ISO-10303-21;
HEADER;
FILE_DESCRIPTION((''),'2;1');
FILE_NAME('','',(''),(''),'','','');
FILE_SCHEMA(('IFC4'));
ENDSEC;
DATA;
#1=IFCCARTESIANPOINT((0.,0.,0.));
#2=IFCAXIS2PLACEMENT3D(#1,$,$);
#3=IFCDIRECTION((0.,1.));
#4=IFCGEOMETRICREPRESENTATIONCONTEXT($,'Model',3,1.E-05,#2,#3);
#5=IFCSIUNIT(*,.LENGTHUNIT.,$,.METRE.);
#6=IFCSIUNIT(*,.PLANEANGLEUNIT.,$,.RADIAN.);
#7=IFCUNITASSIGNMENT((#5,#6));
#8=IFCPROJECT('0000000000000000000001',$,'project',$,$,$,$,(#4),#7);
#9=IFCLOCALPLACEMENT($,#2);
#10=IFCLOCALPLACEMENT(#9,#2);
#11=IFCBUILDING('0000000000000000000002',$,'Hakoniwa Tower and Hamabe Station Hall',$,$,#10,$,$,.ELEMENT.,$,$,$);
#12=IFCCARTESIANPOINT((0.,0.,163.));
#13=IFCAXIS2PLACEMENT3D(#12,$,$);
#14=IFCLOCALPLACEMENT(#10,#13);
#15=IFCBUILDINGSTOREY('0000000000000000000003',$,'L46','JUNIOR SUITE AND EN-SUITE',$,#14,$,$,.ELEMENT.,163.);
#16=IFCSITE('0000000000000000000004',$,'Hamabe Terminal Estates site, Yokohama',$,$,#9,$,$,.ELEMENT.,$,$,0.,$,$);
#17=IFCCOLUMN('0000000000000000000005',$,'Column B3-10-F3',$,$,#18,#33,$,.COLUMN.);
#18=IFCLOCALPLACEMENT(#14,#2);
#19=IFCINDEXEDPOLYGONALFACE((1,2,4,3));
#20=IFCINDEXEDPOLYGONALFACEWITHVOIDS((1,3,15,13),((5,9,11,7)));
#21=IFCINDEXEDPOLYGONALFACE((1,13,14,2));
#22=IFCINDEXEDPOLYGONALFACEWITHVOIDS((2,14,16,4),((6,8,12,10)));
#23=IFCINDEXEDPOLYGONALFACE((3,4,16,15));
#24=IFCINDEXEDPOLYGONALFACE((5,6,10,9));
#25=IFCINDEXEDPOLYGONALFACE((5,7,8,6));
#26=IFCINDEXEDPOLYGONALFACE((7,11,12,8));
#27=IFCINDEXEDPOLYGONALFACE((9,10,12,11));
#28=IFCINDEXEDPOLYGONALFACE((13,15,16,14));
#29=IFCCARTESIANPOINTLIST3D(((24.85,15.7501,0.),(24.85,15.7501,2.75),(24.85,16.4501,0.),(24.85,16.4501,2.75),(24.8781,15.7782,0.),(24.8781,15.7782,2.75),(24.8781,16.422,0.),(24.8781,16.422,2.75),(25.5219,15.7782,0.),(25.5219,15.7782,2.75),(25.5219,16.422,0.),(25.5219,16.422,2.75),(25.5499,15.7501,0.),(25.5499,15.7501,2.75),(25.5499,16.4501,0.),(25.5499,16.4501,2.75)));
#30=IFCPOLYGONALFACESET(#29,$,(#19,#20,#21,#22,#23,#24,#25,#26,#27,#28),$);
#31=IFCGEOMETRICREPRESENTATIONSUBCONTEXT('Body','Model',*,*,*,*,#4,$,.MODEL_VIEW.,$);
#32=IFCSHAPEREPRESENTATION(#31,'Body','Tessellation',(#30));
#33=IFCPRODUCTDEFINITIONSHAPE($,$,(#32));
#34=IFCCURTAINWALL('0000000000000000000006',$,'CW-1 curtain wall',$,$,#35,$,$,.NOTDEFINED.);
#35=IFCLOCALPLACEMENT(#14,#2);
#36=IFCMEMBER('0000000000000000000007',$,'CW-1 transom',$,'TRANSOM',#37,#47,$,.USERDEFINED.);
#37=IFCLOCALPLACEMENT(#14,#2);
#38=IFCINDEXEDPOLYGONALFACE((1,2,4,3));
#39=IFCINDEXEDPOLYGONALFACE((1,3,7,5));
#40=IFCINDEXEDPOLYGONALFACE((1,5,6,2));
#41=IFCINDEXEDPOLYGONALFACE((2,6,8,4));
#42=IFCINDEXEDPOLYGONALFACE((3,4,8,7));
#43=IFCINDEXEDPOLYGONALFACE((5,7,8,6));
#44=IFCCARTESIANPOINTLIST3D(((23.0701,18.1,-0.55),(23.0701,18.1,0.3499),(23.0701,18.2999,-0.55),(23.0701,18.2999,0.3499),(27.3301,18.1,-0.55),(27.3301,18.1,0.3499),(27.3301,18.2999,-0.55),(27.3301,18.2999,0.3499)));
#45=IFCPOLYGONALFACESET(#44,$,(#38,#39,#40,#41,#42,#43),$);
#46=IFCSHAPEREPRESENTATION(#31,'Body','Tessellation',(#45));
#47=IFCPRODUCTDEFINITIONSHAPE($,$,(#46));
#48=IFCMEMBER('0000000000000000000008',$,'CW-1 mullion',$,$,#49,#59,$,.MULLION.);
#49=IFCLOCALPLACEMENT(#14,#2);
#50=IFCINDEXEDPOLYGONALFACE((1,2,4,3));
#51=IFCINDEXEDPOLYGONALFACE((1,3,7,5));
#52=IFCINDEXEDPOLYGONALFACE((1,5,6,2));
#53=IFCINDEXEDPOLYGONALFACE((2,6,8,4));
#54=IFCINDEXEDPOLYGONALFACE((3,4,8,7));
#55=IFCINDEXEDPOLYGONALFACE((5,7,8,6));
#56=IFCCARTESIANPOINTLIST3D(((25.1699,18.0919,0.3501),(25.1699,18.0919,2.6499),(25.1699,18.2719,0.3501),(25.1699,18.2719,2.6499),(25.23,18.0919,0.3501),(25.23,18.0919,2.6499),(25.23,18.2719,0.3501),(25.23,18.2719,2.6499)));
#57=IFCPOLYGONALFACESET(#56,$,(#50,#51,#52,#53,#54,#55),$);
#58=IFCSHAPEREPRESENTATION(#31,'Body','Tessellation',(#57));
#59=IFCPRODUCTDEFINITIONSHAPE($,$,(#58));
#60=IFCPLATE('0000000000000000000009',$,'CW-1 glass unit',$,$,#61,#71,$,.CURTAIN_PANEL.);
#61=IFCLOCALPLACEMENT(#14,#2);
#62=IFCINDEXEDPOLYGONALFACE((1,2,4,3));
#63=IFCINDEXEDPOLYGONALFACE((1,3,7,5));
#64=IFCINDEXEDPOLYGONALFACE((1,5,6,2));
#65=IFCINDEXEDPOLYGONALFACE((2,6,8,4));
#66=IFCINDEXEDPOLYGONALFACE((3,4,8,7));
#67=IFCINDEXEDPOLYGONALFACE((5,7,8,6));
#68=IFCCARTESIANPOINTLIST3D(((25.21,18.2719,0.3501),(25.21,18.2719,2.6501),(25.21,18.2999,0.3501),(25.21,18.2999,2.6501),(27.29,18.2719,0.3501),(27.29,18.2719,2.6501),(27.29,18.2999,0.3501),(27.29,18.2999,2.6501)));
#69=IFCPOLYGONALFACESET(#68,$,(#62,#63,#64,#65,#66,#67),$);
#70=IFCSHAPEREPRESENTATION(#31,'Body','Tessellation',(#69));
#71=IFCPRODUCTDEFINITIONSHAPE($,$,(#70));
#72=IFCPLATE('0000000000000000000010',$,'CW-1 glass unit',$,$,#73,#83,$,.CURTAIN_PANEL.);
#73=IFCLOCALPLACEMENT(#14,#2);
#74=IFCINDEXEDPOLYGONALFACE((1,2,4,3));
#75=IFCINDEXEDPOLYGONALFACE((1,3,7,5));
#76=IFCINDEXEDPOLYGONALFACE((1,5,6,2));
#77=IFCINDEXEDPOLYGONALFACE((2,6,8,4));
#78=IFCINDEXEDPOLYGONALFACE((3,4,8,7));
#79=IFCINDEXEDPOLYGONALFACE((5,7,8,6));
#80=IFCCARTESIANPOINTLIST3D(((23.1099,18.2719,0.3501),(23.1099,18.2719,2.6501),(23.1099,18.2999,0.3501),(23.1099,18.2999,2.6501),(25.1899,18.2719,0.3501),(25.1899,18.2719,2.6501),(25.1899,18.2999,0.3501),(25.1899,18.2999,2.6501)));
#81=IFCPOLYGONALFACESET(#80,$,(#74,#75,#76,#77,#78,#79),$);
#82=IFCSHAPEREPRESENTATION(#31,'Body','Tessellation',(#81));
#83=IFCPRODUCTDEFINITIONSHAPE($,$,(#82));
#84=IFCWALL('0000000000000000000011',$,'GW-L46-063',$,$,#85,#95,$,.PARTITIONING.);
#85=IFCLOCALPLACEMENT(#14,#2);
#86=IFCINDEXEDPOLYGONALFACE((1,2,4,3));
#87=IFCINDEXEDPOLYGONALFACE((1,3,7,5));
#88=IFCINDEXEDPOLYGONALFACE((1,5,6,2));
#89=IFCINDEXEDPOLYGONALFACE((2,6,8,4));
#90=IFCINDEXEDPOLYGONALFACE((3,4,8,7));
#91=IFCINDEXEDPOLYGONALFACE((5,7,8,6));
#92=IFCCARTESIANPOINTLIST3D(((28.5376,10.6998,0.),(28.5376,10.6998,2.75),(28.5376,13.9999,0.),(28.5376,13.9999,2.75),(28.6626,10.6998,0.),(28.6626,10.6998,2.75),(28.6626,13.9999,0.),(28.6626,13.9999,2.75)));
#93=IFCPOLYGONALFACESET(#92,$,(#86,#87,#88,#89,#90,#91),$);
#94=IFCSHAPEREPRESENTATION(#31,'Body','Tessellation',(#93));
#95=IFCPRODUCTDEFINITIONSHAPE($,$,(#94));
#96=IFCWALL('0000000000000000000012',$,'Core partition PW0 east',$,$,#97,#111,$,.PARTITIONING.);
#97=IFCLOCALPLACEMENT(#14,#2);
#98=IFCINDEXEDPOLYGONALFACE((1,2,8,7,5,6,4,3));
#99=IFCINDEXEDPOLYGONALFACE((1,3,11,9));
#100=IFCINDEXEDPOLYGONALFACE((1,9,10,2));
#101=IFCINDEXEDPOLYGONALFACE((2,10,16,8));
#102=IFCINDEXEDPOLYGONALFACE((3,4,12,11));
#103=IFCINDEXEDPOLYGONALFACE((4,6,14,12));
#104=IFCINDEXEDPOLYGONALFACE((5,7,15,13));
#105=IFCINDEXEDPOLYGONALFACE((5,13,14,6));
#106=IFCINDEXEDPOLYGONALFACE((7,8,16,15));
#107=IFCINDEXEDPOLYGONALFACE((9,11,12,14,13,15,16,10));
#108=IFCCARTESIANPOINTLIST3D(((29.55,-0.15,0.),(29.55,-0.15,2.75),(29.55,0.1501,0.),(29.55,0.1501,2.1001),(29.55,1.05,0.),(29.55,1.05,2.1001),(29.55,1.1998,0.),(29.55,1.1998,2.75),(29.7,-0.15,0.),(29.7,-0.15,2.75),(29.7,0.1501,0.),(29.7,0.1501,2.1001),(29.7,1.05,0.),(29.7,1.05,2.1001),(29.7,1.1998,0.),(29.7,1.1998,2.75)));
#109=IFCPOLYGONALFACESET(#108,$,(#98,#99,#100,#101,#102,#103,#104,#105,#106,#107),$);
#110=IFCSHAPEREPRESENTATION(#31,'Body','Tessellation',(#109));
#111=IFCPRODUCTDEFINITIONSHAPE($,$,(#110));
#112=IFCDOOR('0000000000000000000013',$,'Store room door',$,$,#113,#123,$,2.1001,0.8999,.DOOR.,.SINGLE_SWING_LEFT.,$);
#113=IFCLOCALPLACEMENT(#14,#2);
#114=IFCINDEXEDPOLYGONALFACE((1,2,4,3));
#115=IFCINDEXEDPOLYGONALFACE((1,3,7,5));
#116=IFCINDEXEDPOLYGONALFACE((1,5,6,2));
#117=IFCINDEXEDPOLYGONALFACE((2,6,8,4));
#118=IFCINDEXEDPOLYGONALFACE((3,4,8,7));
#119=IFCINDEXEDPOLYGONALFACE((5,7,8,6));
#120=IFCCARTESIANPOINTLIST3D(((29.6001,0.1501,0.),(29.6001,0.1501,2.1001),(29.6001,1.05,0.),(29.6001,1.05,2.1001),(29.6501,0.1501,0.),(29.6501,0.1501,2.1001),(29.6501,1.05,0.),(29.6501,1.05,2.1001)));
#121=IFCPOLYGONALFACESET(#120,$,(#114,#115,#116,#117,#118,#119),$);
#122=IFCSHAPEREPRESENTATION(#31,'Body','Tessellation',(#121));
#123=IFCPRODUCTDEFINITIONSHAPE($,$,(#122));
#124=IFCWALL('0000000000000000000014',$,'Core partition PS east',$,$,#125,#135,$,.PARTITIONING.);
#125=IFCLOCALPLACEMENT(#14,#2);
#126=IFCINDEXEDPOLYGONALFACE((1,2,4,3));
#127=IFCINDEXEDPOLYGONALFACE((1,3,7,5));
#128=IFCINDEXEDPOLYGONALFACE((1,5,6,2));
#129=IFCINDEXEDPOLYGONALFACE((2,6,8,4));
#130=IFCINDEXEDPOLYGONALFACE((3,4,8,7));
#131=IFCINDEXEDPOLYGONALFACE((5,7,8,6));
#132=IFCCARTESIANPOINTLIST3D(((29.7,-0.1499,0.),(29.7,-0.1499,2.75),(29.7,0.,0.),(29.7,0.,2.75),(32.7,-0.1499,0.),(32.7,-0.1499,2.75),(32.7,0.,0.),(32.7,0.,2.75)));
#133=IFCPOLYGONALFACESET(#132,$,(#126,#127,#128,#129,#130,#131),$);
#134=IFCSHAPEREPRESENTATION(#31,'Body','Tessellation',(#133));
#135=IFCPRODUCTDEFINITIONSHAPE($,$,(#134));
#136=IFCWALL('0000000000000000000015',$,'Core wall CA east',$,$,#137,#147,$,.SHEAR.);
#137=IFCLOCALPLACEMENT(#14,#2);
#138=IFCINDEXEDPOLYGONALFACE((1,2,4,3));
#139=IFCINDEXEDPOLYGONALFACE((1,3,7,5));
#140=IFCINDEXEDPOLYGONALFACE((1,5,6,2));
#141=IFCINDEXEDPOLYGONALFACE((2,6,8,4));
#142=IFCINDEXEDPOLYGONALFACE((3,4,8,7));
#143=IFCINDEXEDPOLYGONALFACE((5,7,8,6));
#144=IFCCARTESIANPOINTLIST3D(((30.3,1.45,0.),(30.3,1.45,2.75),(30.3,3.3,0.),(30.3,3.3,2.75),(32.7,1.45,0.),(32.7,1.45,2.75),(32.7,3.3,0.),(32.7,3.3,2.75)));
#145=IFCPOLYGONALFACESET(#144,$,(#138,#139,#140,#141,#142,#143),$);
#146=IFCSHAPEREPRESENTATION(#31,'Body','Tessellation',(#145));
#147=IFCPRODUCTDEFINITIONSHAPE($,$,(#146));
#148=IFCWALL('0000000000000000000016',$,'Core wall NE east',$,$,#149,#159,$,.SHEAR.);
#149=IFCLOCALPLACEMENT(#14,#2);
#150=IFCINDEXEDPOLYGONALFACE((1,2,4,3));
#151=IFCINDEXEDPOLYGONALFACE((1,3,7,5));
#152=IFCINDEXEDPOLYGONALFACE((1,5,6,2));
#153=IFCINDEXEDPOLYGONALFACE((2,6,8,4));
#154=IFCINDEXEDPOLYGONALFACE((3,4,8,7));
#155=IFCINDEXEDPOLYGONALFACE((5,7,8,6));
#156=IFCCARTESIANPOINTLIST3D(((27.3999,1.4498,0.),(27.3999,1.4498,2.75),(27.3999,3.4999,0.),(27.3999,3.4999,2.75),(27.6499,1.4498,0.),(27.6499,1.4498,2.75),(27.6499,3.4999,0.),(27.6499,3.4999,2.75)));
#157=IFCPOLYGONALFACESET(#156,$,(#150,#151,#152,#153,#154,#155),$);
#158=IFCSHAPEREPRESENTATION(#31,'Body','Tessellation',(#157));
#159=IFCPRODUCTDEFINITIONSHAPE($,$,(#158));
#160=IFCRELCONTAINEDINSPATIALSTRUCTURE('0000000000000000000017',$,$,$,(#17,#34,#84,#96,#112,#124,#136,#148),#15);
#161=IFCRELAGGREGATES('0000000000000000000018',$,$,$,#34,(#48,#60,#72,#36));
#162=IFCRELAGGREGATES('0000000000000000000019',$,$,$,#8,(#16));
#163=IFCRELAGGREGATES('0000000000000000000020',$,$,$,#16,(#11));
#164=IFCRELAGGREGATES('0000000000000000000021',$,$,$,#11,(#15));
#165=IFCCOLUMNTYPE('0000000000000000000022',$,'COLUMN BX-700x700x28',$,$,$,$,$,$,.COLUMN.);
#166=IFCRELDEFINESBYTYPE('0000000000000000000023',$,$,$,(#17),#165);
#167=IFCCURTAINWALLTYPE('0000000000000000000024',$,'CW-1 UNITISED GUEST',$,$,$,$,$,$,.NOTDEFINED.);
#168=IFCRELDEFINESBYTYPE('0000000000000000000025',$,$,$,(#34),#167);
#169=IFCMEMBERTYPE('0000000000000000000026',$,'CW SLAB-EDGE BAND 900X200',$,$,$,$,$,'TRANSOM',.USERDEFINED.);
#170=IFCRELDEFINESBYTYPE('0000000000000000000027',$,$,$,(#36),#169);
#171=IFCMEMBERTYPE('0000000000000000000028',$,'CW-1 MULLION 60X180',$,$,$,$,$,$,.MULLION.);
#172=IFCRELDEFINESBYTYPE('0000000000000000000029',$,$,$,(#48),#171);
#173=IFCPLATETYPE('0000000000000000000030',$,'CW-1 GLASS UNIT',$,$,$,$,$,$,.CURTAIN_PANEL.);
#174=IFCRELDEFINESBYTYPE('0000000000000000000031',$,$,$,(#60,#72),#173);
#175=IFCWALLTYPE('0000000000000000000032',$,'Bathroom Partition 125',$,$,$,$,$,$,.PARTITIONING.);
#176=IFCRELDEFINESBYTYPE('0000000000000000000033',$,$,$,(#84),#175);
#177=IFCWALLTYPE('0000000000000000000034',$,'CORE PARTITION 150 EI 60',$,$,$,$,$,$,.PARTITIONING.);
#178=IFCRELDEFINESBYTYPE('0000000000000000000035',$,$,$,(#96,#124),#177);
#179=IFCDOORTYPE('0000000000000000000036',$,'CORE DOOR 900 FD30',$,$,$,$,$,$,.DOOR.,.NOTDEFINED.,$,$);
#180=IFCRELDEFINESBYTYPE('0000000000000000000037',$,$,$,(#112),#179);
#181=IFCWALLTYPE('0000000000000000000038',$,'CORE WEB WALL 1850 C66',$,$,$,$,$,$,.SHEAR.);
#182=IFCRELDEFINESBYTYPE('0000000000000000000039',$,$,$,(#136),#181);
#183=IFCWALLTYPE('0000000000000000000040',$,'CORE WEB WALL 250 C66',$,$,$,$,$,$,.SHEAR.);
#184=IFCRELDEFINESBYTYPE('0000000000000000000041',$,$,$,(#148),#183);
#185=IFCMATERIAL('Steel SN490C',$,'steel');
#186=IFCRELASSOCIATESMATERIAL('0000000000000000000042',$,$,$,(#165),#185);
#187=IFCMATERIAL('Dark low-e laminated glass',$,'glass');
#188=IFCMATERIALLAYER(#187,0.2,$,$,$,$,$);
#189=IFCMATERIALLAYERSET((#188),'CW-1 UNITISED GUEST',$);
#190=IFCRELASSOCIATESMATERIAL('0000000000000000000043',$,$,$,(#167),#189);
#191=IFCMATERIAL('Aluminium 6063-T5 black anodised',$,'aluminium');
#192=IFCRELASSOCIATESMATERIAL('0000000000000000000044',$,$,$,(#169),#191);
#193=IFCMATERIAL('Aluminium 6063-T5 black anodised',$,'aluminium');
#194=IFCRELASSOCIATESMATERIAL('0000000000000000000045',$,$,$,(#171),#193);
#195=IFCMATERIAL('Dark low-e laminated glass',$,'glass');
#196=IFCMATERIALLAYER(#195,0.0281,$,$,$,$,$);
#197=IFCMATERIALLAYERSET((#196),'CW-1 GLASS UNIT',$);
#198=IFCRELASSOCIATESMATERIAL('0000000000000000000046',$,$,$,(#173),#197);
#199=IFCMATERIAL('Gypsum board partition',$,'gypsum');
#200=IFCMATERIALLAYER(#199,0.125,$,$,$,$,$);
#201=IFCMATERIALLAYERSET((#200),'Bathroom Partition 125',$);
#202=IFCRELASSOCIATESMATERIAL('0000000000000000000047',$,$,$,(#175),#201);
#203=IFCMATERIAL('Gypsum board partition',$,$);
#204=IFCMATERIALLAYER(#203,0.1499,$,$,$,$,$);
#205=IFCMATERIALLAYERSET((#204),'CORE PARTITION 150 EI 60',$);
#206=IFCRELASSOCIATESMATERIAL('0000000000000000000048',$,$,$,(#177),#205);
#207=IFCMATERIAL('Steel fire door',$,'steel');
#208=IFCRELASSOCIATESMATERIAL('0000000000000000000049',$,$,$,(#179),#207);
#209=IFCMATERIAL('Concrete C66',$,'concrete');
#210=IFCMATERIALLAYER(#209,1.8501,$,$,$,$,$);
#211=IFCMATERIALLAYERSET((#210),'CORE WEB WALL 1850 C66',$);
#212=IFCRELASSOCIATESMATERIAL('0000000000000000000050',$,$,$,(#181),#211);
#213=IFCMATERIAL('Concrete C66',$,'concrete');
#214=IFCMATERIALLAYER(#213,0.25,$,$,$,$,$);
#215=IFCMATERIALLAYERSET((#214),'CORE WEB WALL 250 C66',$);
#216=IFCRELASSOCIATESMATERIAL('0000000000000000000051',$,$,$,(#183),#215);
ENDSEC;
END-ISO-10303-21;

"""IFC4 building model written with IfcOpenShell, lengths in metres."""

from ifc_helpers import new_model, si_unit, direction, frame, frame_2d, origin, origin_2d, place, context, subcontext, project, spatial, rectangle, hollow_rectangle, extrude, material, layer, layer_set, material_profile, profile_set, type_object, element, fill, aggregate, save


model = new_model("IFC4")

# Units and contexts
model_context = context("Model", 3, precision=1e-05, world=origin(), true_north=direction((0.0, 1.0)))
body_context = subcontext(model_context, "Body", "Model", "MODEL_VIEW")
ifc_project = project(units=[si_unit("LENGTHUNIT", "METRE"), si_unit("PLANEANGLEUNIT", "RADIAN")], contexts=[model_context])

# Site, building, storey
site_placement = place(None, origin())
site = spatial("IfcSite", under=ifc_project, at=site_placement, Name="Hamabe Terminal Estates site, Yokohama", CompositionType="ELEMENT", RefElevation=0.0)
building_placement = place(site_placement, origin())
building = spatial("IfcBuilding", under=site, at=building_placement, Name="Hakoniwa Tower and Hamabe Station Hall", CompositionType="ELEMENT")
storey_placement = place(building_placement, frame((0.0, 0.0, 163.0)))
storey = spatial("IfcBuildingStorey", under=building, at=storey_placement, Name="L46", Description="JUNIOR SUITE AND EN-SUITE", CompositionType="ELEMENT", Elevation=163.0)

# Column
ifc_material_1 = material(Name="Steel SN490C", Category="steel")
ifc_material_profile_1 = material_profile(ifc_material_1, hollow_rectangle(XDim=0.7, YDim=0.7, WallThickness=0.0281, at=origin_2d()), Name="BX-700x700x28")
ifc_profile_set_1 = profile_set([ifc_material_profile_1], Name="Steel SN490C")
column_type = type_object("IfcColumnType", Name="COLUMN BX-700x700x28", PredefinedType="COLUMN", material=ifc_profile_set_1)
column_placement = place(storey_placement, frame((25.2, 16.1001, 0.0), z_axis=(0.0, 0.0, 1.0), x_axis=(1.0, 0.0, 0.0)))
element("IfcColumn", 1, at=column_placement, inside=storey, type_object=column_type, Name="Column B3-10-F3", PredefinedType="COLUMN", context=body_context, shape_type="SweptSolid", body=[
    extrude(hollow_rectangle(XDim=0.7, YDim=0.7, WallThickness=0.0281, at=origin_2d()), origin(), (0.0, 0.0, 1.0), 2.75),
])

# Curtain wall, members, plates
ifc_material_2 = material(Name="Dark low-e laminated glass", Category="glass")
ifc_layer_1 = layer(ifc_material_2, 0.2)
ifc_layer_set_1 = layer_set([ifc_layer_1], Name="CW-1 UNITISED GUEST")
curtain_wall_type = type_object("IfcCurtainWallType", Name="CW-1 UNITISED GUEST", PredefinedType="NOTDEFINED", material=ifc_layer_set_1)
curtain_wall_placement = place(storey_placement, origin())
curtain_wall = element("IfcCurtainWall", 2, at=curtain_wall_placement, inside=storey, type_object=curtain_wall_type, Name="CW-1 curtain wall", PredefinedType="NOTDEFINED")
ifc_material_3 = material(Name="Aluminium 6063-T5 black anodised", Category="aluminium")
ifc_material_profile_2 = material_profile(ifc_material_3, rectangle(XDim=0.2, YDim=0.8999, at=origin_2d()), Name="CW SLAB-EDGE BAND 900X200")
ifc_profile_set_2 = profile_set([ifc_material_profile_2], Name="Aluminium 6063-T5 black anodised")
member_type_1 = type_object("IfcMemberType", Name="CW SLAB-EDGE BAND 900X200", ElementType="TRANSOM", PredefinedType="USERDEFINED", material=ifc_profile_set_2)
member_1_placement = place(storey_placement, frame((27.3301, 18.2, -0.1001), z_axis=(-1.0, 0.0, 0.0), x_axis=(0.0, -1.0, 0.0)))
member_1 = element("IfcMember", 3, at=member_1_placement, type_object=member_type_1, Name="CW-1 transom", ObjectType="TRANSOM", PredefinedType="USERDEFINED", context=body_context, shape_type="SweptSolid", body=[
    extrude(rectangle(XDim=0.2, YDim=0.8999, at=origin_2d()), origin(), (0.0, 0.0, 1.0), 4.26),
])
ifc_material_4 = material(Name="Aluminium 6063-T5 black anodised", Category="aluminium")
ifc_material_profile_3 = material_profile(ifc_material_4, rectangle(XDim=0.0601, YDim=0.1799, at=origin_2d()), Name="CW-1 MULLION 60X180")
ifc_profile_set_3 = profile_set([ifc_material_profile_3], Name="Aluminium 6063-T5 black anodised")
member_type_2 = type_object("IfcMemberType", Name="CW-1 MULLION 60X180", PredefinedType="MULLION", material=ifc_profile_set_3)
member_2_placement = place(storey_placement, frame((25.2, 18.1819, 0.3501), z_axis=(0.0, 0.0, 1.0), x_axis=(-1.0, 0.0, 0.0)))
member_2 = element("IfcMember", 4, at=member_2_placement, type_object=member_type_2, Name="CW-1 mullion", PredefinedType="MULLION", context=body_context, shape_type="SweptSolid", body=[
    extrude(rectangle(XDim=0.0601, YDim=0.1799, at=origin_2d()), origin(), (0.0, 0.0, 1.0), 2.2998),
])
ifc_material_5 = material(Name="Dark low-e laminated glass", Category="glass")
ifc_layer_2 = layer(ifc_material_5, 0.0281)
ifc_layer_set_2 = layer_set([ifc_layer_2], Name="CW-1 GLASS UNIT")
plate_type = type_object("IfcPlateType", Name="CW-1 GLASS UNIT", PredefinedType="CURTAIN_PANEL", material=ifc_layer_set_2)
plate_1_placement = place(storey_placement, frame((26.25, 18.2859, 0.3501), z_axis=(0.0, 0.0, 1.0), x_axis=(-1.0, 0.0, 0.0)))
plate_1 = element("IfcPlate", 5, at=plate_1_placement, type_object=plate_type, Name="CW-1 glass unit", PredefinedType="CURTAIN_PANEL", context=body_context, shape_type="SweptSolid", body=[
    extrude(rectangle(XDim=2.0801, YDim=0.0281, at=origin_2d()), origin(), (0.0, 0.0, 1.0), 2.3),
])
plate_2_placement = place(storey_placement, frame((24.1499, 18.2859, 0.3501), z_axis=(0.0, 0.0, 1.0), x_axis=(-1.0, 0.0, 0.0)))
plate_2 = element("IfcPlate", 6, at=plate_2_placement, type_object=plate_type, Name="CW-1 glass unit", PredefinedType="CURTAIN_PANEL", context=body_context, shape_type="SweptSolid", body=[
    extrude(rectangle(XDim=2.0801, YDim=0.0281, at=origin_2d()), origin(), (0.0, 0.0, 1.0), 2.3),
])

# Wall
ifc_material_6 = material(Name="Gypsum board partition", Category="gypsum")
ifc_layer_3 = layer(ifc_material_6, 0.125)
ifc_layer_set_3 = layer_set([ifc_layer_3], Name="Bathroom Partition 125")
wall_type_1 = type_object("IfcWallType", Name="Bathroom Partition 125", PredefinedType="PARTITIONING", material=ifc_layer_set_3)
wall_1_placement = place(storey_placement, frame((28.6001, 10.7, 0.0), z_axis=(0.0, 0.0, 1.0), x_axis=(0.0, 1.0, 0.0)))
element("IfcWall", 7, at=wall_1_placement, inside=storey, type_object=wall_type_1, Name="GW-L46-063", PredefinedType="PARTITIONING", context=body_context, shape_type="SweptSolid", body=[
    extrude(rectangle(XDim=3.3, YDim=0.125, at=frame_2d((1.6499, 0.0))), origin(), (0.0, 0.0, 1.0), 2.75),
])

# Wall, opening, door
ifc_material_7 = material(Name="Gypsum board partition")
ifc_layer_4 = layer(ifc_material_7, 0.1499)
ifc_layer_set_4 = layer_set([ifc_layer_4], Name="CORE PARTITION 150 EI 60")
wall_type_2 = type_object("IfcWallType", Name="CORE PARTITION 150 EI 60", PredefinedType="PARTITIONING", material=ifc_layer_set_4)
wall_2_placement = place(storey_placement, frame((29.625, -0.1499, 0.0), z_axis=(0.0, 0.0, 1.0), x_axis=(0.0, 1.0, 0.0)))
wall_2 = element("IfcWall", 8, at=wall_2_placement, inside=storey, type_object=wall_type_2, Name="Core partition PW0 east", PredefinedType="PARTITIONING", context=body_context, shape_type="SweptSolid", body=[
    extrude(rectangle(XDim=1.3499, YDim=0.1499, at=frame_2d((0.6748, 0.0))), origin(), (0.0, 0.0, 1.0), 2.75),
])
opening_1_placement = place(wall_2_placement, frame((0.3, 0.0, 0.0)))
opening_1 = element("IfcOpeningElement", 9, at=opening_1_placement, cuts=wall_2, PredefinedType="OPENING", context=body_context, shape_type="SweptSolid", body=[
    extrude(rectangle(XDim=0.8999, YDim=2.1001, at=frame_2d((0.45, 1.05))), frame((0.0, 0.085, 0.0), z_axis=(0.0, -1.0, 0.0), x_axis=(1.0, 0.0, 0.0)), (0.0, 0.0, 1.0), 0.1699),
])
ifc_material_8 = material(Name="Steel fire door", Category="steel")
door_type_1 = type_object("IfcDoorType", Name="CORE DOOR 900 FD30", OperationType="NOTDEFINED", PredefinedType="DOOR", material=ifc_material_8)
door_1_placement = place(opening_1_placement, origin())
door_1 = element("IfcDoor", 10, at=door_1_placement, inside=storey, type_object=door_type_1, Name="Store room door", OperationType="SINGLE_SWING_LEFT", OverallHeight=2.1001, OverallWidth=0.8999, PredefinedType="DOOR", context=body_context, shape_type="SweptSolid", body=[
    extrude(rectangle(XDim=0.8999, YDim=2.1001, at=frame_2d((0.45, 1.05))), frame((0.0, 0.0249, 0.0), z_axis=(0.0, -1.0, 0.0), x_axis=(1.0, 0.0, 0.0)), (0.0, 0.0, 1.0), 0.05),
])
fill(opening_1, door_1)

# Walls
wall_3_placement = place(storey_placement, frame((29.7, -0.075, 0.0), z_axis=(0.0, 0.0, 1.0), x_axis=(1.0, 0.0, 0.0)))
element("IfcWall", 11, at=wall_3_placement, inside=storey, type_object=wall_type_2, Name="Core partition PS east", PredefinedType="PARTITIONING", context=body_context, shape_type="SweptSolid", body=[
    extrude(rectangle(XDim=3.0, YDim=0.1499, at=frame_2d((1.5, 0.0))), origin(), (0.0, 0.0, 1.0), 2.75),
])
ifc_material_9 = material(Name="Concrete C66", Category="concrete")
ifc_layer_5 = layer(ifc_material_9, 1.8501)
ifc_layer_set_5 = layer_set([ifc_layer_5], Name="CORE WEB WALL 1850 C66")
wall_type_3 = type_object("IfcWallType", Name="CORE WEB WALL 1850 C66", PredefinedType="SHEAR", material=ifc_layer_set_5)
wall_4_placement = place(storey_placement, frame((30.3, 2.375, 0.0), z_axis=(0.0, 0.0, 1.0), x_axis=(1.0, 0.0, 0.0)))
element("IfcWall", 12, at=wall_4_placement, inside=storey, type_object=wall_type_3, Name="Core wall CA east", PredefinedType="SHEAR", context=body_context, shape_type="SweptSolid", body=[
    extrude(rectangle(XDim=2.3999, YDim=1.8501, at=frame_2d((1.2, 0.0))), origin(), (0.0, 0.0, 1.0), 2.75),
])
ifc_material_10 = material(Name="Concrete C66", Category="concrete")
ifc_layer_6 = layer(ifc_material_10, 0.25)
ifc_layer_set_6 = layer_set([ifc_layer_6], Name="CORE WEB WALL 250 C66")
wall_type_4 = type_object("IfcWallType", Name="CORE WEB WALL 250 C66", PredefinedType="SHEAR", material=ifc_layer_set_6)
wall_5_placement = place(storey_placement, frame((27.5249, 1.45, 0.0), z_axis=(0.0, 0.0, 1.0), x_axis=(0.0, 1.0, 0.0)))
element("IfcWall", 13, at=wall_5_placement, inside=storey, type_object=wall_type_4, Name="Core wall NE east", PredefinedType="SHEAR", context=body_context, shape_type="SweptSolid", body=[
    extrude(rectangle(XDim=2.05, YDim=0.25, at=frame_2d((1.0249, 0.0))), origin(), (0.0, 0.0, 1.0), 2.75),
])

aggregate(curtain_wall, [member_2, plate_1, plate_2, member_1])

save(model, "model.ifc")
